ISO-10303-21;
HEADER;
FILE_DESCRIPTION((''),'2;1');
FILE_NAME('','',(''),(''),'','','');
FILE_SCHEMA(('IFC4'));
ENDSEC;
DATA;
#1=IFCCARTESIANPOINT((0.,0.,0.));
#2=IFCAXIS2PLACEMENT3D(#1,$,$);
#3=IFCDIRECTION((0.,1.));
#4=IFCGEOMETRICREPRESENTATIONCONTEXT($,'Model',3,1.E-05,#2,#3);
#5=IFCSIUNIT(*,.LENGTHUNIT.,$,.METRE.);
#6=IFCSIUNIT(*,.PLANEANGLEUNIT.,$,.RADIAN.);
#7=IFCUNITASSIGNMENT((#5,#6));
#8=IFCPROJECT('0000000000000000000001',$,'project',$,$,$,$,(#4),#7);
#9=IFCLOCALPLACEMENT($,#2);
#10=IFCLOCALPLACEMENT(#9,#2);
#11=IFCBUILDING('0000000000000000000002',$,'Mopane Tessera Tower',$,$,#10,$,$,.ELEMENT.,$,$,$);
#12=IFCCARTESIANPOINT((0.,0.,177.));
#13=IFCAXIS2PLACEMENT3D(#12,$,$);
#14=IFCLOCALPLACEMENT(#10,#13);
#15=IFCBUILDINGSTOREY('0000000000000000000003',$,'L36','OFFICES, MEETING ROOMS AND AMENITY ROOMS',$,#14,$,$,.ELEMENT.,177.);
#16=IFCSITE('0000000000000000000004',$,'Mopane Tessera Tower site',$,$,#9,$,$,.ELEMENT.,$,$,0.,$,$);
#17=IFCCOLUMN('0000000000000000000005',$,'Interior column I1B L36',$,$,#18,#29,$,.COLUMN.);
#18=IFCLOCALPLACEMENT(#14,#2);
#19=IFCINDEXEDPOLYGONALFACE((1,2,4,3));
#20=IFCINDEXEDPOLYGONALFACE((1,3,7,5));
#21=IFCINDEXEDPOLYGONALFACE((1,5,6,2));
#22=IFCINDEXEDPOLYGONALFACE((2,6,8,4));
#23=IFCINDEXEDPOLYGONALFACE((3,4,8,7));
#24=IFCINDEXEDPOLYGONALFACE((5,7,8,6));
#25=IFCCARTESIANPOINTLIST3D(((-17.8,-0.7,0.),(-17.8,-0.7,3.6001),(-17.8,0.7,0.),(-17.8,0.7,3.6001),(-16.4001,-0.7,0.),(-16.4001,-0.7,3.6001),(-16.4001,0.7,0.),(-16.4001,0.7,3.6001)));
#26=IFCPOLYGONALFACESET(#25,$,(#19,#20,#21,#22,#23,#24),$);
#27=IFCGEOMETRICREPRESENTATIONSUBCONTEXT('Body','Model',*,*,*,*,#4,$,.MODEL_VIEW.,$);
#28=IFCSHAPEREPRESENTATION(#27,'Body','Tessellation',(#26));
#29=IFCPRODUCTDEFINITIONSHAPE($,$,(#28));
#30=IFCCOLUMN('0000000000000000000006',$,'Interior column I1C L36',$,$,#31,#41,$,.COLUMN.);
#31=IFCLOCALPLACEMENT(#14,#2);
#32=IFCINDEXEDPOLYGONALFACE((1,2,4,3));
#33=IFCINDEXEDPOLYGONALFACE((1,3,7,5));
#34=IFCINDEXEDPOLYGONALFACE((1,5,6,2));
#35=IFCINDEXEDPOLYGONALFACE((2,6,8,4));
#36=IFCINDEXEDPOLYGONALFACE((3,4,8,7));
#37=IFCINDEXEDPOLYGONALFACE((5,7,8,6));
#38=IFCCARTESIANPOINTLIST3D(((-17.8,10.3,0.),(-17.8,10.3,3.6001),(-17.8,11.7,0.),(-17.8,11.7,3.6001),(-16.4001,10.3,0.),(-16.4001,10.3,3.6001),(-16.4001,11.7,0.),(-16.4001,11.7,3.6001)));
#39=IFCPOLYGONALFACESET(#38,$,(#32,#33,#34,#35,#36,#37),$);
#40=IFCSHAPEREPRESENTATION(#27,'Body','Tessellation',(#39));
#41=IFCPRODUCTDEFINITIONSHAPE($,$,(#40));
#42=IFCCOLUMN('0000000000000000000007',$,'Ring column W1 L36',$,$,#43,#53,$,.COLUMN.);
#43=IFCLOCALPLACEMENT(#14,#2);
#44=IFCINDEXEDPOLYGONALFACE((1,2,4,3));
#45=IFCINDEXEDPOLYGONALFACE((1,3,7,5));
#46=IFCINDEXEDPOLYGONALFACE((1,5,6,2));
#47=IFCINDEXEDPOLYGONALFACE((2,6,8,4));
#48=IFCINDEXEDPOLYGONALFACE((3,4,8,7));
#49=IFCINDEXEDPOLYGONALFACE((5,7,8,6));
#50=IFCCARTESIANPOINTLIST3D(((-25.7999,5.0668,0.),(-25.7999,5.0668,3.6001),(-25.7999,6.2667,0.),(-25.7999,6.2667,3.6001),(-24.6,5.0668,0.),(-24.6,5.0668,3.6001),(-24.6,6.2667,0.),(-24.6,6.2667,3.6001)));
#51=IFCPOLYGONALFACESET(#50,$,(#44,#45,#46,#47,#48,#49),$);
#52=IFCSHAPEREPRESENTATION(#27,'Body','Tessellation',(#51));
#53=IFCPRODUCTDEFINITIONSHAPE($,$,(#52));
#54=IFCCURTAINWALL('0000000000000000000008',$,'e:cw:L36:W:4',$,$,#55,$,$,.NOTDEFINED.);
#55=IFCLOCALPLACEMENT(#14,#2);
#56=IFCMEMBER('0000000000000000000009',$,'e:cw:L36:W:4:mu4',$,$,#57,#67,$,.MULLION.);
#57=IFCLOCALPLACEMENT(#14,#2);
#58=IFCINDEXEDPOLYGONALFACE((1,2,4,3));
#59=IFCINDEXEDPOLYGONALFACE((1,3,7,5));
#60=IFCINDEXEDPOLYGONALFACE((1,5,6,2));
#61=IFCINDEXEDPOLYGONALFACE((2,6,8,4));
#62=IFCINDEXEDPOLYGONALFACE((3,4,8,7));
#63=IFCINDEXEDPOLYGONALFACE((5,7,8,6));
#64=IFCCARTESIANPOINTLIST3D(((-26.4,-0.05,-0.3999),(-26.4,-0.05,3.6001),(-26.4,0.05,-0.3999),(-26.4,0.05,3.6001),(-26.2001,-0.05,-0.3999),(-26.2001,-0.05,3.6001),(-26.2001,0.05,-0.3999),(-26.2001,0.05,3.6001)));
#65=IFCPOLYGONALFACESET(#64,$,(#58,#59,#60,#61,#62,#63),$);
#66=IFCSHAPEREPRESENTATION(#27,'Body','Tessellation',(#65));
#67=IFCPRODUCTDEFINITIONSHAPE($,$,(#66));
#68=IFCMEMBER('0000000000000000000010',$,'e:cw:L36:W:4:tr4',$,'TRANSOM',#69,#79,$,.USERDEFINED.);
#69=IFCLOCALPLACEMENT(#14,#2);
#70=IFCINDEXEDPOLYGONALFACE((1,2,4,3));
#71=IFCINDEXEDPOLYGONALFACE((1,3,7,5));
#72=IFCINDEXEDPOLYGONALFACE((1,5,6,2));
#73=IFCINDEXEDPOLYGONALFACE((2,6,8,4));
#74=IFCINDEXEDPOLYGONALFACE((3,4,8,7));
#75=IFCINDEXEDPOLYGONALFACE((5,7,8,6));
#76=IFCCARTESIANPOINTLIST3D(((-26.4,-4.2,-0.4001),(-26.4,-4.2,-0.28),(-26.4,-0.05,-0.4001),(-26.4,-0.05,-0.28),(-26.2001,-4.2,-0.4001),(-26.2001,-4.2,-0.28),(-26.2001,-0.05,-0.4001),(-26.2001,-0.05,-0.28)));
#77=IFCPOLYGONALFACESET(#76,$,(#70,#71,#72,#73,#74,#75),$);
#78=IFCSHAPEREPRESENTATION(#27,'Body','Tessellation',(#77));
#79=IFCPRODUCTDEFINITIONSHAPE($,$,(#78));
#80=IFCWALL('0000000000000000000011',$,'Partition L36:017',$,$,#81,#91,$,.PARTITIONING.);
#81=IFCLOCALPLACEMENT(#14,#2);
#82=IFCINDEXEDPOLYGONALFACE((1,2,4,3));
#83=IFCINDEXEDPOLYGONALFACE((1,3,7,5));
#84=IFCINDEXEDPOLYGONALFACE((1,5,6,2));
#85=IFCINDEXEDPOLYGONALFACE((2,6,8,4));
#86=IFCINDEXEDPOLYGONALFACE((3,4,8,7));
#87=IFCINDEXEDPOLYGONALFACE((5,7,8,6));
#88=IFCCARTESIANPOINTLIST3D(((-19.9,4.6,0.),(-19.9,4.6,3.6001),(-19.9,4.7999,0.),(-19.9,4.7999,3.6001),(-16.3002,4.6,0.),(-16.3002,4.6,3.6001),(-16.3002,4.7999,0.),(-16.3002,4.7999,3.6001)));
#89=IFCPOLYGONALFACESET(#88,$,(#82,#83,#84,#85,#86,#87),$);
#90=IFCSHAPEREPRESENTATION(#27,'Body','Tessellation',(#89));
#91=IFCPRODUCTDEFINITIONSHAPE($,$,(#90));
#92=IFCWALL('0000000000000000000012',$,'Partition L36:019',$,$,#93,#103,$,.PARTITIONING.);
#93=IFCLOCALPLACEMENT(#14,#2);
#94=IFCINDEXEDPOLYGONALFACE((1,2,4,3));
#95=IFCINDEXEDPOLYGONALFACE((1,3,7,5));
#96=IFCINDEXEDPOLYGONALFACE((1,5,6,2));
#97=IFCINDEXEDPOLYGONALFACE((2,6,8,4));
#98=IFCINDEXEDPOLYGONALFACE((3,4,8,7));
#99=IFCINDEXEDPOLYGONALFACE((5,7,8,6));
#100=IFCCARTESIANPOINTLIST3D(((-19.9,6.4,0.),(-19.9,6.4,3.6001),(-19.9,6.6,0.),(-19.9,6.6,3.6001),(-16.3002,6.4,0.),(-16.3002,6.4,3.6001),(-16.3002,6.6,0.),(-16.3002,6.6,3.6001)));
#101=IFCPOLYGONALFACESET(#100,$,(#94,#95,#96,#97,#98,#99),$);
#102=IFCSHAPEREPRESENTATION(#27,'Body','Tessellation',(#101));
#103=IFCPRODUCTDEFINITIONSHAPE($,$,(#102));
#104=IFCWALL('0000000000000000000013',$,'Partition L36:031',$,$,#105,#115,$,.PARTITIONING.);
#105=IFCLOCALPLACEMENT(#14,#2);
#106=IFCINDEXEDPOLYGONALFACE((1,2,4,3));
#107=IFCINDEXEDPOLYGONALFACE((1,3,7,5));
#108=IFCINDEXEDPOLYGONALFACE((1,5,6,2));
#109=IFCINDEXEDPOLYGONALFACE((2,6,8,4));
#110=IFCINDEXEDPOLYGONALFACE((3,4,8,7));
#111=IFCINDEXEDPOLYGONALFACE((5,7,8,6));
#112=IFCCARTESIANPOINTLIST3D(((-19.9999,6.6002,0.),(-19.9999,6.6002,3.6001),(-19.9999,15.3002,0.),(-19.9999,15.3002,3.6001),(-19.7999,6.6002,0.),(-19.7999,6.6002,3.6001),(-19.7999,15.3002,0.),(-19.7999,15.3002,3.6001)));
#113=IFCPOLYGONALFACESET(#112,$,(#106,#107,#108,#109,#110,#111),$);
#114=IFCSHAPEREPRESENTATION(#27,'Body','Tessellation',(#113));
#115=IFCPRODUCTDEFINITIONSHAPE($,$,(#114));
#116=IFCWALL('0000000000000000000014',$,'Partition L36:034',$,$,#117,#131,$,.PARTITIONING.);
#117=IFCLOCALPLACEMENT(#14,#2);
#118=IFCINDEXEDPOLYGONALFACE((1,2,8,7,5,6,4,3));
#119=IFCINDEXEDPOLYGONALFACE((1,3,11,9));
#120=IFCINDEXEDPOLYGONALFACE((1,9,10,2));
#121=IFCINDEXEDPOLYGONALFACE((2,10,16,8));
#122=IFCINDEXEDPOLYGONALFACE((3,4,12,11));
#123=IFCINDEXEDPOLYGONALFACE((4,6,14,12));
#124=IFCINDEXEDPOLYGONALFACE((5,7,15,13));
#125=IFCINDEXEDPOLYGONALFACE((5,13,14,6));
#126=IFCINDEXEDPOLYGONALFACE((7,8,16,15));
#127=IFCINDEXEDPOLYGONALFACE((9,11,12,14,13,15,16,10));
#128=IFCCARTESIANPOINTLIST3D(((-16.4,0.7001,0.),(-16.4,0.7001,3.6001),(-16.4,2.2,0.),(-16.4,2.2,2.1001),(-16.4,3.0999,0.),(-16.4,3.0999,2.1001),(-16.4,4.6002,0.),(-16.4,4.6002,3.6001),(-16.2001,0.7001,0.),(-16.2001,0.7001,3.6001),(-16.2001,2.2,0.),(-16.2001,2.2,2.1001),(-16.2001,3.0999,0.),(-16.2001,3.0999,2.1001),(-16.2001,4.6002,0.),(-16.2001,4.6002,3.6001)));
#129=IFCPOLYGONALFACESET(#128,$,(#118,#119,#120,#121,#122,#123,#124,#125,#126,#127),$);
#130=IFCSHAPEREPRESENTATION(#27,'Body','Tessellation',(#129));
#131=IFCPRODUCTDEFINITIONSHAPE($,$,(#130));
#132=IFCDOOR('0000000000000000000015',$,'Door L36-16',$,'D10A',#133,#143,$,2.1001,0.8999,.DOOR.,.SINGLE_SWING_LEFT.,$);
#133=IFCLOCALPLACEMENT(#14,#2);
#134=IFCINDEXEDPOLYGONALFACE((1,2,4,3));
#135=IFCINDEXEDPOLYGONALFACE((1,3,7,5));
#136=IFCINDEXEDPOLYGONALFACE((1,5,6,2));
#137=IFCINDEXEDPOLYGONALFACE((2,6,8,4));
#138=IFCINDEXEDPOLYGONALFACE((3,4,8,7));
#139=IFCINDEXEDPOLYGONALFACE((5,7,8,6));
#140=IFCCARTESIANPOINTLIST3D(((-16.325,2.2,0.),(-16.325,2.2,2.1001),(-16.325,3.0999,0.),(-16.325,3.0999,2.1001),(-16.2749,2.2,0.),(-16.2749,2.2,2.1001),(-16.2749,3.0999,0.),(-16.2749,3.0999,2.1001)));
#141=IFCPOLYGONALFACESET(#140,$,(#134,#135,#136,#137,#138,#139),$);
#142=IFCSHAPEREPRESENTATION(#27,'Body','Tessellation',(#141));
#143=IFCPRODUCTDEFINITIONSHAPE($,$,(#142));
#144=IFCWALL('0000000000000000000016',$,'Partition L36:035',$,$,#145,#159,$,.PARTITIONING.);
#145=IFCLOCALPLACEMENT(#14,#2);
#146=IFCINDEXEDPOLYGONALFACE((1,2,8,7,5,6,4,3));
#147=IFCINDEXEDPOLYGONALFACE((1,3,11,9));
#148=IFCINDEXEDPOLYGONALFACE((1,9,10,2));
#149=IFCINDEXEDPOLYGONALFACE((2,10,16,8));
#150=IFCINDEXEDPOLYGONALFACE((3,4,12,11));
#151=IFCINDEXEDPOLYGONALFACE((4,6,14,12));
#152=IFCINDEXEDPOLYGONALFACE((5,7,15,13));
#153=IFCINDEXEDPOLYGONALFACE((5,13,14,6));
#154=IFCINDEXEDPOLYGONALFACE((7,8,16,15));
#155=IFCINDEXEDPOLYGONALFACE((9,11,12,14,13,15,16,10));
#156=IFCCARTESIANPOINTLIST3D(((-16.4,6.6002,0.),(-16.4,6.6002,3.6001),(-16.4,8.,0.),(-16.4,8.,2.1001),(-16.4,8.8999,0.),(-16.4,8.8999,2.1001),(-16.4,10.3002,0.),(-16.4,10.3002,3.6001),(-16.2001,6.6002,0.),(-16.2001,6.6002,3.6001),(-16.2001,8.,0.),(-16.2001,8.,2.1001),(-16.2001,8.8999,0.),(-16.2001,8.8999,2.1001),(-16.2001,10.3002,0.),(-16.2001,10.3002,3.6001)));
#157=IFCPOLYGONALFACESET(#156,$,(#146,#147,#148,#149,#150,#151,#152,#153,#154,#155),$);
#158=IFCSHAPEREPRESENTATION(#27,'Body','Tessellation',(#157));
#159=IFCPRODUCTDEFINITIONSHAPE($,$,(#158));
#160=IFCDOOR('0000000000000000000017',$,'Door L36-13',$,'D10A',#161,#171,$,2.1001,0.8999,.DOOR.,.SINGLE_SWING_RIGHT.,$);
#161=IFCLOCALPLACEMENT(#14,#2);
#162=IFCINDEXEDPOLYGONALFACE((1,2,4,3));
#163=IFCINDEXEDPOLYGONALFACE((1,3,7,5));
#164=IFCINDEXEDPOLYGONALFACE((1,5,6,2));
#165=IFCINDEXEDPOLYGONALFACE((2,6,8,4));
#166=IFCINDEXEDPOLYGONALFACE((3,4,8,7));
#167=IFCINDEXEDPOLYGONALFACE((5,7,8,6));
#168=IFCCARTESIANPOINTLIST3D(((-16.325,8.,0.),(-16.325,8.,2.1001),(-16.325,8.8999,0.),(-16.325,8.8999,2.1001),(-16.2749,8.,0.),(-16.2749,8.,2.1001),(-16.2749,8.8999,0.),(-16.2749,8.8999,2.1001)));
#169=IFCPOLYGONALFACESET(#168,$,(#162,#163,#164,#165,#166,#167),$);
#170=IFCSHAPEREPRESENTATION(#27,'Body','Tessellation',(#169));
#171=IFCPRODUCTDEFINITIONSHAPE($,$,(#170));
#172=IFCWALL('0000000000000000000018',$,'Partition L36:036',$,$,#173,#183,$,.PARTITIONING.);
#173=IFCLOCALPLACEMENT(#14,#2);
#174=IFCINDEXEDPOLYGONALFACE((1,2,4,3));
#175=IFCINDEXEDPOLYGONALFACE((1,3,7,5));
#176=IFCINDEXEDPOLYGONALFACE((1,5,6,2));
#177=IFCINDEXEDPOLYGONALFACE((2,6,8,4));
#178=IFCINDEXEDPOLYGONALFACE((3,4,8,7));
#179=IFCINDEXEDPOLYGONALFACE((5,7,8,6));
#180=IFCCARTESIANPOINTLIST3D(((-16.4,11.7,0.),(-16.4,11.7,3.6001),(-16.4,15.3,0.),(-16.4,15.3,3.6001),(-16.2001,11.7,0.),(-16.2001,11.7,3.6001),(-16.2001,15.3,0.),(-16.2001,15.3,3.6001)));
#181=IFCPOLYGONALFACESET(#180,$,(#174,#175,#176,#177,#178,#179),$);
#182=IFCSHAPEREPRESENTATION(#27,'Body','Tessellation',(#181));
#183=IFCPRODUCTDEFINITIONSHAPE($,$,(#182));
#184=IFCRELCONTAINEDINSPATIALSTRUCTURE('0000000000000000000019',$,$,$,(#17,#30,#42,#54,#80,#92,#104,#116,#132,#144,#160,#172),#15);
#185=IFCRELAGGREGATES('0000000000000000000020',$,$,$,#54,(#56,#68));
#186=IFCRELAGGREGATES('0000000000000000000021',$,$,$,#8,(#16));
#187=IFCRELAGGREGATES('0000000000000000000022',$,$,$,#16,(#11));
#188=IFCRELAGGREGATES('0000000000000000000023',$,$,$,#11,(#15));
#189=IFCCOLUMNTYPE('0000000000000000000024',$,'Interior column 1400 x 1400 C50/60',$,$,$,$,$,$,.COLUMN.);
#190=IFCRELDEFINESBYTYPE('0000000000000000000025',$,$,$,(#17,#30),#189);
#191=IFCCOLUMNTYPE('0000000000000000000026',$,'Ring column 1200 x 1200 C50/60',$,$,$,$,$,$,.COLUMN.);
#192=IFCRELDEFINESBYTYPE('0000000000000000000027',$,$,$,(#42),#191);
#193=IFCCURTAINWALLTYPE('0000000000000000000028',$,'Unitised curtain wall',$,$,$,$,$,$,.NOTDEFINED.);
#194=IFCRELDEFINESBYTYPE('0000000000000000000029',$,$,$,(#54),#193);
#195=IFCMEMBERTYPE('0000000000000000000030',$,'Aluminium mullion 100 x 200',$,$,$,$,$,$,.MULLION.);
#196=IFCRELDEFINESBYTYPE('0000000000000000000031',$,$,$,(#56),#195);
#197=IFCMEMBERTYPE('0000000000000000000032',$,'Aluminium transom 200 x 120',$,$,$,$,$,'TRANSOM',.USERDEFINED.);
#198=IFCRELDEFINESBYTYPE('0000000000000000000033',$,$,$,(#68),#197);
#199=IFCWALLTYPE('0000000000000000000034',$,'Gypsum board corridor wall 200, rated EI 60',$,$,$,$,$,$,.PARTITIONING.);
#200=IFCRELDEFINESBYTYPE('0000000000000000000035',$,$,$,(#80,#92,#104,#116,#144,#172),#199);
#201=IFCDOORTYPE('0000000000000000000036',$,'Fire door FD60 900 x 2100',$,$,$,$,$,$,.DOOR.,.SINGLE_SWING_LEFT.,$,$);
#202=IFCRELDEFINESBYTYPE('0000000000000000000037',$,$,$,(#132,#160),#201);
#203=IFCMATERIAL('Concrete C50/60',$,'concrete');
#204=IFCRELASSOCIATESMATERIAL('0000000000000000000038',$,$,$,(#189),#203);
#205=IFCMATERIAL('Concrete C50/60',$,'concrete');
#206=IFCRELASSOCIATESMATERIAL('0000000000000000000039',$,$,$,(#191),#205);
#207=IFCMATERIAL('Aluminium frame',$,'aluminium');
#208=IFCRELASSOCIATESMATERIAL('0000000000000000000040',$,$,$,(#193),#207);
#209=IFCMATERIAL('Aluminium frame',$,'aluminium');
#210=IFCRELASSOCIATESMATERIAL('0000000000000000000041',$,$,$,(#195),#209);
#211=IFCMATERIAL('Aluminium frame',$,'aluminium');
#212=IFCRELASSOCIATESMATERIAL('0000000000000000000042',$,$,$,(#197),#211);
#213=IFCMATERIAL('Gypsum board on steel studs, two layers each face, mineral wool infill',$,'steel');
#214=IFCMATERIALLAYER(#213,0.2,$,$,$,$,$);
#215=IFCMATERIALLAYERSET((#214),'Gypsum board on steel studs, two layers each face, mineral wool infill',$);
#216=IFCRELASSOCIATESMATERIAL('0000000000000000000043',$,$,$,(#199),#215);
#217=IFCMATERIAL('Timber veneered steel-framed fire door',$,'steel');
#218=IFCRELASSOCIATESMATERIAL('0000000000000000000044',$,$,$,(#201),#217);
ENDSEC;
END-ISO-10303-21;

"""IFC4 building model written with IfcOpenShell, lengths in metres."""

from ifc_helpers import new_model, si_unit, direction, frame, frame_2d, origin, origin_2d, place, context, subcontext, project, spatial, rectangle, extrude, material, layer, layer_set, material_profile, profile_set, type_object, element, fill, aggregate, save


model = new_model("IFC4")

# Units and contexts
model_context = context("Model", 3, precision=1e-05, world=origin(), true_north=direction((0.0, 1.0)))
body_context = subcontext(model_context, "Body", "Model", "MODEL_VIEW")
ifc_project = project(units=[si_unit("LENGTHUNIT", "METRE"), si_unit("PLANEANGLEUNIT", "RADIAN")], contexts=[model_context])

# Site, building, storey
site_placement = place(None, origin())
site = spatial("IfcSite", under=ifc_project, at=site_placement, Name="Mopane Tessera Tower site", CompositionType="ELEMENT", RefElevation=0.0)
building_placement = place(site_placement, origin())
building = spatial("IfcBuilding", under=site, at=building_placement, Name="Mopane Tessera Tower", CompositionType="ELEMENT")
storey_placement = place(building_placement, frame((0.0, 0.0, 177.0)))
storey = spatial("IfcBuildingStorey", under=building, at=storey_placement, Name="L36", Description="OFFICES, MEETING ROOMS AND AMENITY ROOMS", CompositionType="ELEMENT", Elevation=177.0)

# Columns
ifc_material_1 = material(Name="Concrete C50/60", Category="concrete")
ifc_material_profile_1 = material_profile(ifc_material_1, rectangle(XDim=1.3999, YDim=1.3999, at=origin_2d()))
ifc_profile_set_1 = profile_set([ifc_material_profile_1], Name="Concrete C50/60")
column_type_1 = type_object("IfcColumnType", Name="Interior column 1400 x 1400 C50/60", PredefinedType="COLUMN", material=ifc_profile_set_1)
for number, where, z_axis, x_axis, name in (
    (1, (-17.1001, 0.0, 0.0), (0.0, 0.0, 1.0), (1.0, 0.0, 0.0), "Interior column I1B L36"),
    (2, (-17.1001, 11.0, 0.0), (0.0, 0.0, 1.0), (1.0, 0.0, 0.0), "Interior column I1C L36"),
):
    element("IfcColumn", number, at=place(storey_placement, frame(where, z_axis=z_axis, x_axis=x_axis)), inside=storey, type_object=column_type_1, Name=name, PredefinedType="COLUMN", context=body_context, shape_type="SweptSolid", body=[
        extrude(rectangle(XDim=1.3999, YDim=1.3999, at=origin_2d()), origin(), (0.0, 0.0, 1.0), 3.6001),
    ])
ifc_material_2 = material(Name="Concrete C50/60", Category="concrete")
ifc_material_profile_2 = material_profile(ifc_material_2, rectangle(XDim=1.2, YDim=1.2, at=origin_2d()))
ifc_profile_set_2 = profile_set([ifc_material_profile_2], Name="Concrete C50/60")
column_type_2 = type_object("IfcColumnType", Name="Ring column 1200 x 1200 C50/60", PredefinedType="COLUMN", material=ifc_profile_set_2)
column_placement = place(storey_placement, frame((-25.2, 5.6667, 0.0), z_axis=(0.0, 0.0, 1.0), x_axis=(1.0, 0.0, 0.0)))
element("IfcColumn", 3, at=column_placement, inside=storey, type_object=column_type_2, Name="Ring column W1 L36", PredefinedType="COLUMN", context=body_context, shape_type="SweptSolid", body=[
    extrude(rectangle(XDim=1.2, YDim=1.2, at=origin_2d()), origin(), (0.0, 0.0, 1.0), 3.6001),
])

# Curtain wall, members
ifc_material_3 = material(Name="Aluminium frame", Category="aluminium")
curtain_wall_type = type_object("IfcCurtainWallType", Name="Unitised curtain wall", PredefinedType="NOTDEFINED", material=ifc_material_3)
curtain_wall_placement = place(storey_placement, origin())
curtain_wall = element("IfcCurtainWall", 4, at=curtain_wall_placement, inside=storey, type_object=curtain_wall_type, Name="e:cw:L36:W:4", PredefinedType="NOTDEFINED")
ifc_material_4 = material(Name="Aluminium frame", Category="aluminium")
ifc_material_profile_3 = material_profile(ifc_material_4, rectangle(XDim=0.1001, YDim=0.2, at=origin_2d()))
ifc_profile_set_3 = profile_set([ifc_material_profile_3], Name="Aluminium frame")
member_type_1 = type_object("IfcMemberType", Name="Aluminium mullion 100 x 200", PredefinedType="MULLION", material=ifc_profile_set_3)
member_1_placement = place(storey_placement, frame((-26.3, 0.0, -0.3999), z_axis=(0.0, 0.0, 1.0), x_axis=(0.0, -1.0, 0.0)))
member_1 = element("IfcMember", 5, at=member_1_placement, type_object=member_type_1, Name="e:cw:L36:W:4:mu4", PredefinedType="MULLION", context=body_context, shape_type="SweptSolid", body=[
    extrude(rectangle(XDim=0.1001, YDim=0.2, at=origin_2d()), origin(), (0.0, 0.0, 1.0), 4.0),
])
ifc_material_5 = material(Name="Aluminium frame", Category="aluminium")
ifc_material_profile_4 = material_profile(ifc_material_5, rectangle(XDim=0.2, YDim=0.1201, at=origin_2d()))
ifc_profile_set_4 = profile_set([ifc_material_profile_4], Name="Aluminium frame")
member_type_2 = type_object("IfcMemberType", Name="Aluminium transom 200 x 120", ElementType="TRANSOM", PredefinedType="USERDEFINED", material=ifc_profile_set_4)
member_2_placement = place(storey_placement, frame((-26.3, -0.05, -0.3401), z_axis=(0.0, -1.0, 0.0), x_axis=(1.0, 0.0, 0.0)))
member_2 = element("IfcMember", 6, at=member_2_placement, type_object=member_type_2, Name="e:cw:L36:W:4:tr4", ObjectType="TRANSOM", PredefinedType="USERDEFINED", context=body_context, shape_type="SweptSolid", body=[
    extrude(rectangle(XDim=0.2, YDim=0.1201, at=origin_2d()), origin(), (0.0, 0.0, 1.0), 4.1499),
])
aggregate(curtain_wall, [member_1, member_2])

# Walls
ifc_material_6 = material(Name="Gypsum board on steel studs, two layers each face, mineral wool infill", Category="steel")
ifc_layer_1 = layer(ifc_material_6, 0.2)
ifc_layer_set_1 = layer_set([ifc_layer_1], Name="Gypsum board on steel studs, two layers each face, mineral wool infill")
wall_type_1 = type_object("IfcWallType", Name="Gypsum board corridor wall 200, rated EI 60", PredefinedType="PARTITIONING", material=ifc_layer_set_1)
for number, where, z_axis, x_axis, name in (
    (7, (-19.8999, 4.7, 0.0), (0.0, 0.0, 1.0), (1.0, 0.0, 0.0), "Partition L36:017"),
    (8, (-19.8999, 6.5, 0.0), (0.0, 0.0, 1.0), (1.0, 0.0, 0.0), "Partition L36:019"),
):
    element("IfcWall", number, at=place(storey_placement, frame(where, z_axis=z_axis, x_axis=x_axis)), inside=storey, type_object=wall_type_1, Name=name, PredefinedType="PARTITIONING", context=body_context, shape_type="SweptSolid", body=[
        extrude(rectangle(XDim=3.5999, YDim=0.2, at=frame_2d((1.7998, 0.0))), origin(), (0.0, 0.0, 1.0), 3.6001),
    ])
wall_1_placement = place(storey_placement, frame((-19.8999, 6.6001, 0.0), z_axis=(0.0, 0.0, 1.0), x_axis=(0.0, 1.0, 0.0)))
element("IfcWall", 9, at=wall_1_placement, inside=storey, type_object=wall_type_1, Name="Partition L36:031", PredefinedType="PARTITIONING", context=body_context, shape_type="SweptSolid", body=[
    extrude(rectangle(XDim=8.7, YDim=0.2, at=frame_2d((4.3501, 0.0))), origin(), (0.0, 0.0, 1.0), 3.6001),
])

# Walls, openings, doors
wall_2_placement = place(storey_placement, frame((-16.3, 0.7, 0.0), z_axis=(0.0, 0.0, 1.0), x_axis=(0.0, 1.0, 0.0)))
wall_2 = element("IfcWall", 10, at=wall_2_placement, inside=storey, type_object=wall_type_1, Name="Partition L36:034", PredefinedType="PARTITIONING", context=body_context, shape_type="SweptSolid", body=[
    extrude(rectangle(XDim=3.9001, YDim=0.2, at=frame_2d((1.9502, 0.0))), origin(), (0.0, 0.0, 1.0), 3.6001),
])
opening_1_placement = place(wall_2_placement, frame((1.5, 0.0, 0.0)))
opening_1 = element("IfcOpeningElement", 11, at=opening_1_placement, cuts=wall_2, PredefinedType="OPENING", context=body_context, shape_type="SweptSolid", body=[
    extrude(rectangle(XDim=0.8999, YDim=2.1001, at=frame_2d((0.45, 1.05))), frame((0.0, 0.1121, 0.0), z_axis=(0.0, -1.0, 0.0), x_axis=(1.0, 0.0, 0.0)), (0.0, 0.0, 1.0), 0.2239),
])
ifc_material_7 = material(Name="Timber veneered steel-framed fire door", Category="steel")
door_type_1 = type_object("IfcDoorType", Name="Fire door FD60 900 x 2100", OperationType="SINGLE_SWING_LEFT", PredefinedType="DOOR", material=ifc_material_7)
door_1_placement = place(opening_1_placement, origin())
door_1 = element("IfcDoor", 12, at=door_1_placement, inside=storey, type_object=door_type_1, Name="Door L36-16", ObjectType="D10A", OperationType="SINGLE_SWING_LEFT", OverallHeight=2.1001, OverallWidth=0.8999, PredefinedType="DOOR", context=body_context, shape_type="SweptSolid", body=[
    extrude(rectangle(XDim=0.8999, YDim=2.1001, at=frame_2d((0.45, 1.05))), frame((0.0, 0.0249, 0.0), z_axis=(0.0, -1.0, 0.0), x_axis=(1.0, 0.0, 0.0)), (0.0, 0.0, 1.0), 0.05),
])
fill(opening_1, door_1)
wall_3_placement = place(storey_placement, frame((-16.3, 6.6001, 0.0), z_axis=(0.0, 0.0, 1.0), x_axis=(0.0, 1.0, 0.0)))
wall_3 = element("IfcWall", 13, at=wall_3_placement, inside=storey, type_object=wall_type_1, Name="Partition L36:035", PredefinedType="PARTITIONING", context=body_context, shape_type="SweptSolid", body=[
    extrude(rectangle(XDim=3.7, YDim=0.2, at=frame_2d((1.8501, 0.0))), origin(), (0.0, 0.0, 1.0), 3.6001),
])
opening_2_placement = place(wall_3_placement, frame((1.3999, 0.0, 0.0)))
opening_2 = element("IfcOpeningElement", 14, at=opening_2_placement, cuts=wall_3, PredefinedType="OPENING", context=body_context, shape_type="SweptSolid", body=[
    extrude(rectangle(XDim=0.8999, YDim=2.1001, at=frame_2d((0.45, 1.05))), frame((0.0, 0.1121, 0.0), z_axis=(0.0, -1.0, 0.0), x_axis=(1.0, 0.0, 0.0)), (0.0, 0.0, 1.0), 0.2239),
])
door_2_placement = place(opening_2_placement, origin())
door_2 = element("IfcDoor", 15, at=door_2_placement, inside=storey, type_object=door_type_1, Name="Door L36-13", ObjectType="D10A", OperationType="SINGLE_SWING_RIGHT", OverallHeight=2.1001, OverallWidth=0.8999, PredefinedType="DOOR", context=body_context, shape_type="SweptSolid", body=[
    extrude(rectangle(XDim=0.8999, YDim=2.1001, at=frame_2d((0.45, 1.05))), frame((0.0, 0.0249, 0.0), z_axis=(0.0, -1.0, 0.0), x_axis=(1.0, 0.0, 0.0)), (0.0, 0.0, 1.0), 0.05),
])
fill(opening_2, door_2)

# Wall
wall_4_placement = place(storey_placement, frame((-16.3, 11.7, 0.0), z_axis=(0.0, 0.0, 1.0), x_axis=(0.0, 1.0, 0.0)))
element("IfcWall", 16, at=wall_4_placement, inside=storey, type_object=wall_type_1, Name="Partition L36:036", PredefinedType="PARTITIONING", context=body_context, shape_type="SweptSolid", body=[
    extrude(rectangle(XDim=3.6001, YDim=0.2, at=frame_2d((1.8, 0.0))), origin(), (0.0, 0.0, 1.0), 3.6001),
])

save(model, "model.ifc")
